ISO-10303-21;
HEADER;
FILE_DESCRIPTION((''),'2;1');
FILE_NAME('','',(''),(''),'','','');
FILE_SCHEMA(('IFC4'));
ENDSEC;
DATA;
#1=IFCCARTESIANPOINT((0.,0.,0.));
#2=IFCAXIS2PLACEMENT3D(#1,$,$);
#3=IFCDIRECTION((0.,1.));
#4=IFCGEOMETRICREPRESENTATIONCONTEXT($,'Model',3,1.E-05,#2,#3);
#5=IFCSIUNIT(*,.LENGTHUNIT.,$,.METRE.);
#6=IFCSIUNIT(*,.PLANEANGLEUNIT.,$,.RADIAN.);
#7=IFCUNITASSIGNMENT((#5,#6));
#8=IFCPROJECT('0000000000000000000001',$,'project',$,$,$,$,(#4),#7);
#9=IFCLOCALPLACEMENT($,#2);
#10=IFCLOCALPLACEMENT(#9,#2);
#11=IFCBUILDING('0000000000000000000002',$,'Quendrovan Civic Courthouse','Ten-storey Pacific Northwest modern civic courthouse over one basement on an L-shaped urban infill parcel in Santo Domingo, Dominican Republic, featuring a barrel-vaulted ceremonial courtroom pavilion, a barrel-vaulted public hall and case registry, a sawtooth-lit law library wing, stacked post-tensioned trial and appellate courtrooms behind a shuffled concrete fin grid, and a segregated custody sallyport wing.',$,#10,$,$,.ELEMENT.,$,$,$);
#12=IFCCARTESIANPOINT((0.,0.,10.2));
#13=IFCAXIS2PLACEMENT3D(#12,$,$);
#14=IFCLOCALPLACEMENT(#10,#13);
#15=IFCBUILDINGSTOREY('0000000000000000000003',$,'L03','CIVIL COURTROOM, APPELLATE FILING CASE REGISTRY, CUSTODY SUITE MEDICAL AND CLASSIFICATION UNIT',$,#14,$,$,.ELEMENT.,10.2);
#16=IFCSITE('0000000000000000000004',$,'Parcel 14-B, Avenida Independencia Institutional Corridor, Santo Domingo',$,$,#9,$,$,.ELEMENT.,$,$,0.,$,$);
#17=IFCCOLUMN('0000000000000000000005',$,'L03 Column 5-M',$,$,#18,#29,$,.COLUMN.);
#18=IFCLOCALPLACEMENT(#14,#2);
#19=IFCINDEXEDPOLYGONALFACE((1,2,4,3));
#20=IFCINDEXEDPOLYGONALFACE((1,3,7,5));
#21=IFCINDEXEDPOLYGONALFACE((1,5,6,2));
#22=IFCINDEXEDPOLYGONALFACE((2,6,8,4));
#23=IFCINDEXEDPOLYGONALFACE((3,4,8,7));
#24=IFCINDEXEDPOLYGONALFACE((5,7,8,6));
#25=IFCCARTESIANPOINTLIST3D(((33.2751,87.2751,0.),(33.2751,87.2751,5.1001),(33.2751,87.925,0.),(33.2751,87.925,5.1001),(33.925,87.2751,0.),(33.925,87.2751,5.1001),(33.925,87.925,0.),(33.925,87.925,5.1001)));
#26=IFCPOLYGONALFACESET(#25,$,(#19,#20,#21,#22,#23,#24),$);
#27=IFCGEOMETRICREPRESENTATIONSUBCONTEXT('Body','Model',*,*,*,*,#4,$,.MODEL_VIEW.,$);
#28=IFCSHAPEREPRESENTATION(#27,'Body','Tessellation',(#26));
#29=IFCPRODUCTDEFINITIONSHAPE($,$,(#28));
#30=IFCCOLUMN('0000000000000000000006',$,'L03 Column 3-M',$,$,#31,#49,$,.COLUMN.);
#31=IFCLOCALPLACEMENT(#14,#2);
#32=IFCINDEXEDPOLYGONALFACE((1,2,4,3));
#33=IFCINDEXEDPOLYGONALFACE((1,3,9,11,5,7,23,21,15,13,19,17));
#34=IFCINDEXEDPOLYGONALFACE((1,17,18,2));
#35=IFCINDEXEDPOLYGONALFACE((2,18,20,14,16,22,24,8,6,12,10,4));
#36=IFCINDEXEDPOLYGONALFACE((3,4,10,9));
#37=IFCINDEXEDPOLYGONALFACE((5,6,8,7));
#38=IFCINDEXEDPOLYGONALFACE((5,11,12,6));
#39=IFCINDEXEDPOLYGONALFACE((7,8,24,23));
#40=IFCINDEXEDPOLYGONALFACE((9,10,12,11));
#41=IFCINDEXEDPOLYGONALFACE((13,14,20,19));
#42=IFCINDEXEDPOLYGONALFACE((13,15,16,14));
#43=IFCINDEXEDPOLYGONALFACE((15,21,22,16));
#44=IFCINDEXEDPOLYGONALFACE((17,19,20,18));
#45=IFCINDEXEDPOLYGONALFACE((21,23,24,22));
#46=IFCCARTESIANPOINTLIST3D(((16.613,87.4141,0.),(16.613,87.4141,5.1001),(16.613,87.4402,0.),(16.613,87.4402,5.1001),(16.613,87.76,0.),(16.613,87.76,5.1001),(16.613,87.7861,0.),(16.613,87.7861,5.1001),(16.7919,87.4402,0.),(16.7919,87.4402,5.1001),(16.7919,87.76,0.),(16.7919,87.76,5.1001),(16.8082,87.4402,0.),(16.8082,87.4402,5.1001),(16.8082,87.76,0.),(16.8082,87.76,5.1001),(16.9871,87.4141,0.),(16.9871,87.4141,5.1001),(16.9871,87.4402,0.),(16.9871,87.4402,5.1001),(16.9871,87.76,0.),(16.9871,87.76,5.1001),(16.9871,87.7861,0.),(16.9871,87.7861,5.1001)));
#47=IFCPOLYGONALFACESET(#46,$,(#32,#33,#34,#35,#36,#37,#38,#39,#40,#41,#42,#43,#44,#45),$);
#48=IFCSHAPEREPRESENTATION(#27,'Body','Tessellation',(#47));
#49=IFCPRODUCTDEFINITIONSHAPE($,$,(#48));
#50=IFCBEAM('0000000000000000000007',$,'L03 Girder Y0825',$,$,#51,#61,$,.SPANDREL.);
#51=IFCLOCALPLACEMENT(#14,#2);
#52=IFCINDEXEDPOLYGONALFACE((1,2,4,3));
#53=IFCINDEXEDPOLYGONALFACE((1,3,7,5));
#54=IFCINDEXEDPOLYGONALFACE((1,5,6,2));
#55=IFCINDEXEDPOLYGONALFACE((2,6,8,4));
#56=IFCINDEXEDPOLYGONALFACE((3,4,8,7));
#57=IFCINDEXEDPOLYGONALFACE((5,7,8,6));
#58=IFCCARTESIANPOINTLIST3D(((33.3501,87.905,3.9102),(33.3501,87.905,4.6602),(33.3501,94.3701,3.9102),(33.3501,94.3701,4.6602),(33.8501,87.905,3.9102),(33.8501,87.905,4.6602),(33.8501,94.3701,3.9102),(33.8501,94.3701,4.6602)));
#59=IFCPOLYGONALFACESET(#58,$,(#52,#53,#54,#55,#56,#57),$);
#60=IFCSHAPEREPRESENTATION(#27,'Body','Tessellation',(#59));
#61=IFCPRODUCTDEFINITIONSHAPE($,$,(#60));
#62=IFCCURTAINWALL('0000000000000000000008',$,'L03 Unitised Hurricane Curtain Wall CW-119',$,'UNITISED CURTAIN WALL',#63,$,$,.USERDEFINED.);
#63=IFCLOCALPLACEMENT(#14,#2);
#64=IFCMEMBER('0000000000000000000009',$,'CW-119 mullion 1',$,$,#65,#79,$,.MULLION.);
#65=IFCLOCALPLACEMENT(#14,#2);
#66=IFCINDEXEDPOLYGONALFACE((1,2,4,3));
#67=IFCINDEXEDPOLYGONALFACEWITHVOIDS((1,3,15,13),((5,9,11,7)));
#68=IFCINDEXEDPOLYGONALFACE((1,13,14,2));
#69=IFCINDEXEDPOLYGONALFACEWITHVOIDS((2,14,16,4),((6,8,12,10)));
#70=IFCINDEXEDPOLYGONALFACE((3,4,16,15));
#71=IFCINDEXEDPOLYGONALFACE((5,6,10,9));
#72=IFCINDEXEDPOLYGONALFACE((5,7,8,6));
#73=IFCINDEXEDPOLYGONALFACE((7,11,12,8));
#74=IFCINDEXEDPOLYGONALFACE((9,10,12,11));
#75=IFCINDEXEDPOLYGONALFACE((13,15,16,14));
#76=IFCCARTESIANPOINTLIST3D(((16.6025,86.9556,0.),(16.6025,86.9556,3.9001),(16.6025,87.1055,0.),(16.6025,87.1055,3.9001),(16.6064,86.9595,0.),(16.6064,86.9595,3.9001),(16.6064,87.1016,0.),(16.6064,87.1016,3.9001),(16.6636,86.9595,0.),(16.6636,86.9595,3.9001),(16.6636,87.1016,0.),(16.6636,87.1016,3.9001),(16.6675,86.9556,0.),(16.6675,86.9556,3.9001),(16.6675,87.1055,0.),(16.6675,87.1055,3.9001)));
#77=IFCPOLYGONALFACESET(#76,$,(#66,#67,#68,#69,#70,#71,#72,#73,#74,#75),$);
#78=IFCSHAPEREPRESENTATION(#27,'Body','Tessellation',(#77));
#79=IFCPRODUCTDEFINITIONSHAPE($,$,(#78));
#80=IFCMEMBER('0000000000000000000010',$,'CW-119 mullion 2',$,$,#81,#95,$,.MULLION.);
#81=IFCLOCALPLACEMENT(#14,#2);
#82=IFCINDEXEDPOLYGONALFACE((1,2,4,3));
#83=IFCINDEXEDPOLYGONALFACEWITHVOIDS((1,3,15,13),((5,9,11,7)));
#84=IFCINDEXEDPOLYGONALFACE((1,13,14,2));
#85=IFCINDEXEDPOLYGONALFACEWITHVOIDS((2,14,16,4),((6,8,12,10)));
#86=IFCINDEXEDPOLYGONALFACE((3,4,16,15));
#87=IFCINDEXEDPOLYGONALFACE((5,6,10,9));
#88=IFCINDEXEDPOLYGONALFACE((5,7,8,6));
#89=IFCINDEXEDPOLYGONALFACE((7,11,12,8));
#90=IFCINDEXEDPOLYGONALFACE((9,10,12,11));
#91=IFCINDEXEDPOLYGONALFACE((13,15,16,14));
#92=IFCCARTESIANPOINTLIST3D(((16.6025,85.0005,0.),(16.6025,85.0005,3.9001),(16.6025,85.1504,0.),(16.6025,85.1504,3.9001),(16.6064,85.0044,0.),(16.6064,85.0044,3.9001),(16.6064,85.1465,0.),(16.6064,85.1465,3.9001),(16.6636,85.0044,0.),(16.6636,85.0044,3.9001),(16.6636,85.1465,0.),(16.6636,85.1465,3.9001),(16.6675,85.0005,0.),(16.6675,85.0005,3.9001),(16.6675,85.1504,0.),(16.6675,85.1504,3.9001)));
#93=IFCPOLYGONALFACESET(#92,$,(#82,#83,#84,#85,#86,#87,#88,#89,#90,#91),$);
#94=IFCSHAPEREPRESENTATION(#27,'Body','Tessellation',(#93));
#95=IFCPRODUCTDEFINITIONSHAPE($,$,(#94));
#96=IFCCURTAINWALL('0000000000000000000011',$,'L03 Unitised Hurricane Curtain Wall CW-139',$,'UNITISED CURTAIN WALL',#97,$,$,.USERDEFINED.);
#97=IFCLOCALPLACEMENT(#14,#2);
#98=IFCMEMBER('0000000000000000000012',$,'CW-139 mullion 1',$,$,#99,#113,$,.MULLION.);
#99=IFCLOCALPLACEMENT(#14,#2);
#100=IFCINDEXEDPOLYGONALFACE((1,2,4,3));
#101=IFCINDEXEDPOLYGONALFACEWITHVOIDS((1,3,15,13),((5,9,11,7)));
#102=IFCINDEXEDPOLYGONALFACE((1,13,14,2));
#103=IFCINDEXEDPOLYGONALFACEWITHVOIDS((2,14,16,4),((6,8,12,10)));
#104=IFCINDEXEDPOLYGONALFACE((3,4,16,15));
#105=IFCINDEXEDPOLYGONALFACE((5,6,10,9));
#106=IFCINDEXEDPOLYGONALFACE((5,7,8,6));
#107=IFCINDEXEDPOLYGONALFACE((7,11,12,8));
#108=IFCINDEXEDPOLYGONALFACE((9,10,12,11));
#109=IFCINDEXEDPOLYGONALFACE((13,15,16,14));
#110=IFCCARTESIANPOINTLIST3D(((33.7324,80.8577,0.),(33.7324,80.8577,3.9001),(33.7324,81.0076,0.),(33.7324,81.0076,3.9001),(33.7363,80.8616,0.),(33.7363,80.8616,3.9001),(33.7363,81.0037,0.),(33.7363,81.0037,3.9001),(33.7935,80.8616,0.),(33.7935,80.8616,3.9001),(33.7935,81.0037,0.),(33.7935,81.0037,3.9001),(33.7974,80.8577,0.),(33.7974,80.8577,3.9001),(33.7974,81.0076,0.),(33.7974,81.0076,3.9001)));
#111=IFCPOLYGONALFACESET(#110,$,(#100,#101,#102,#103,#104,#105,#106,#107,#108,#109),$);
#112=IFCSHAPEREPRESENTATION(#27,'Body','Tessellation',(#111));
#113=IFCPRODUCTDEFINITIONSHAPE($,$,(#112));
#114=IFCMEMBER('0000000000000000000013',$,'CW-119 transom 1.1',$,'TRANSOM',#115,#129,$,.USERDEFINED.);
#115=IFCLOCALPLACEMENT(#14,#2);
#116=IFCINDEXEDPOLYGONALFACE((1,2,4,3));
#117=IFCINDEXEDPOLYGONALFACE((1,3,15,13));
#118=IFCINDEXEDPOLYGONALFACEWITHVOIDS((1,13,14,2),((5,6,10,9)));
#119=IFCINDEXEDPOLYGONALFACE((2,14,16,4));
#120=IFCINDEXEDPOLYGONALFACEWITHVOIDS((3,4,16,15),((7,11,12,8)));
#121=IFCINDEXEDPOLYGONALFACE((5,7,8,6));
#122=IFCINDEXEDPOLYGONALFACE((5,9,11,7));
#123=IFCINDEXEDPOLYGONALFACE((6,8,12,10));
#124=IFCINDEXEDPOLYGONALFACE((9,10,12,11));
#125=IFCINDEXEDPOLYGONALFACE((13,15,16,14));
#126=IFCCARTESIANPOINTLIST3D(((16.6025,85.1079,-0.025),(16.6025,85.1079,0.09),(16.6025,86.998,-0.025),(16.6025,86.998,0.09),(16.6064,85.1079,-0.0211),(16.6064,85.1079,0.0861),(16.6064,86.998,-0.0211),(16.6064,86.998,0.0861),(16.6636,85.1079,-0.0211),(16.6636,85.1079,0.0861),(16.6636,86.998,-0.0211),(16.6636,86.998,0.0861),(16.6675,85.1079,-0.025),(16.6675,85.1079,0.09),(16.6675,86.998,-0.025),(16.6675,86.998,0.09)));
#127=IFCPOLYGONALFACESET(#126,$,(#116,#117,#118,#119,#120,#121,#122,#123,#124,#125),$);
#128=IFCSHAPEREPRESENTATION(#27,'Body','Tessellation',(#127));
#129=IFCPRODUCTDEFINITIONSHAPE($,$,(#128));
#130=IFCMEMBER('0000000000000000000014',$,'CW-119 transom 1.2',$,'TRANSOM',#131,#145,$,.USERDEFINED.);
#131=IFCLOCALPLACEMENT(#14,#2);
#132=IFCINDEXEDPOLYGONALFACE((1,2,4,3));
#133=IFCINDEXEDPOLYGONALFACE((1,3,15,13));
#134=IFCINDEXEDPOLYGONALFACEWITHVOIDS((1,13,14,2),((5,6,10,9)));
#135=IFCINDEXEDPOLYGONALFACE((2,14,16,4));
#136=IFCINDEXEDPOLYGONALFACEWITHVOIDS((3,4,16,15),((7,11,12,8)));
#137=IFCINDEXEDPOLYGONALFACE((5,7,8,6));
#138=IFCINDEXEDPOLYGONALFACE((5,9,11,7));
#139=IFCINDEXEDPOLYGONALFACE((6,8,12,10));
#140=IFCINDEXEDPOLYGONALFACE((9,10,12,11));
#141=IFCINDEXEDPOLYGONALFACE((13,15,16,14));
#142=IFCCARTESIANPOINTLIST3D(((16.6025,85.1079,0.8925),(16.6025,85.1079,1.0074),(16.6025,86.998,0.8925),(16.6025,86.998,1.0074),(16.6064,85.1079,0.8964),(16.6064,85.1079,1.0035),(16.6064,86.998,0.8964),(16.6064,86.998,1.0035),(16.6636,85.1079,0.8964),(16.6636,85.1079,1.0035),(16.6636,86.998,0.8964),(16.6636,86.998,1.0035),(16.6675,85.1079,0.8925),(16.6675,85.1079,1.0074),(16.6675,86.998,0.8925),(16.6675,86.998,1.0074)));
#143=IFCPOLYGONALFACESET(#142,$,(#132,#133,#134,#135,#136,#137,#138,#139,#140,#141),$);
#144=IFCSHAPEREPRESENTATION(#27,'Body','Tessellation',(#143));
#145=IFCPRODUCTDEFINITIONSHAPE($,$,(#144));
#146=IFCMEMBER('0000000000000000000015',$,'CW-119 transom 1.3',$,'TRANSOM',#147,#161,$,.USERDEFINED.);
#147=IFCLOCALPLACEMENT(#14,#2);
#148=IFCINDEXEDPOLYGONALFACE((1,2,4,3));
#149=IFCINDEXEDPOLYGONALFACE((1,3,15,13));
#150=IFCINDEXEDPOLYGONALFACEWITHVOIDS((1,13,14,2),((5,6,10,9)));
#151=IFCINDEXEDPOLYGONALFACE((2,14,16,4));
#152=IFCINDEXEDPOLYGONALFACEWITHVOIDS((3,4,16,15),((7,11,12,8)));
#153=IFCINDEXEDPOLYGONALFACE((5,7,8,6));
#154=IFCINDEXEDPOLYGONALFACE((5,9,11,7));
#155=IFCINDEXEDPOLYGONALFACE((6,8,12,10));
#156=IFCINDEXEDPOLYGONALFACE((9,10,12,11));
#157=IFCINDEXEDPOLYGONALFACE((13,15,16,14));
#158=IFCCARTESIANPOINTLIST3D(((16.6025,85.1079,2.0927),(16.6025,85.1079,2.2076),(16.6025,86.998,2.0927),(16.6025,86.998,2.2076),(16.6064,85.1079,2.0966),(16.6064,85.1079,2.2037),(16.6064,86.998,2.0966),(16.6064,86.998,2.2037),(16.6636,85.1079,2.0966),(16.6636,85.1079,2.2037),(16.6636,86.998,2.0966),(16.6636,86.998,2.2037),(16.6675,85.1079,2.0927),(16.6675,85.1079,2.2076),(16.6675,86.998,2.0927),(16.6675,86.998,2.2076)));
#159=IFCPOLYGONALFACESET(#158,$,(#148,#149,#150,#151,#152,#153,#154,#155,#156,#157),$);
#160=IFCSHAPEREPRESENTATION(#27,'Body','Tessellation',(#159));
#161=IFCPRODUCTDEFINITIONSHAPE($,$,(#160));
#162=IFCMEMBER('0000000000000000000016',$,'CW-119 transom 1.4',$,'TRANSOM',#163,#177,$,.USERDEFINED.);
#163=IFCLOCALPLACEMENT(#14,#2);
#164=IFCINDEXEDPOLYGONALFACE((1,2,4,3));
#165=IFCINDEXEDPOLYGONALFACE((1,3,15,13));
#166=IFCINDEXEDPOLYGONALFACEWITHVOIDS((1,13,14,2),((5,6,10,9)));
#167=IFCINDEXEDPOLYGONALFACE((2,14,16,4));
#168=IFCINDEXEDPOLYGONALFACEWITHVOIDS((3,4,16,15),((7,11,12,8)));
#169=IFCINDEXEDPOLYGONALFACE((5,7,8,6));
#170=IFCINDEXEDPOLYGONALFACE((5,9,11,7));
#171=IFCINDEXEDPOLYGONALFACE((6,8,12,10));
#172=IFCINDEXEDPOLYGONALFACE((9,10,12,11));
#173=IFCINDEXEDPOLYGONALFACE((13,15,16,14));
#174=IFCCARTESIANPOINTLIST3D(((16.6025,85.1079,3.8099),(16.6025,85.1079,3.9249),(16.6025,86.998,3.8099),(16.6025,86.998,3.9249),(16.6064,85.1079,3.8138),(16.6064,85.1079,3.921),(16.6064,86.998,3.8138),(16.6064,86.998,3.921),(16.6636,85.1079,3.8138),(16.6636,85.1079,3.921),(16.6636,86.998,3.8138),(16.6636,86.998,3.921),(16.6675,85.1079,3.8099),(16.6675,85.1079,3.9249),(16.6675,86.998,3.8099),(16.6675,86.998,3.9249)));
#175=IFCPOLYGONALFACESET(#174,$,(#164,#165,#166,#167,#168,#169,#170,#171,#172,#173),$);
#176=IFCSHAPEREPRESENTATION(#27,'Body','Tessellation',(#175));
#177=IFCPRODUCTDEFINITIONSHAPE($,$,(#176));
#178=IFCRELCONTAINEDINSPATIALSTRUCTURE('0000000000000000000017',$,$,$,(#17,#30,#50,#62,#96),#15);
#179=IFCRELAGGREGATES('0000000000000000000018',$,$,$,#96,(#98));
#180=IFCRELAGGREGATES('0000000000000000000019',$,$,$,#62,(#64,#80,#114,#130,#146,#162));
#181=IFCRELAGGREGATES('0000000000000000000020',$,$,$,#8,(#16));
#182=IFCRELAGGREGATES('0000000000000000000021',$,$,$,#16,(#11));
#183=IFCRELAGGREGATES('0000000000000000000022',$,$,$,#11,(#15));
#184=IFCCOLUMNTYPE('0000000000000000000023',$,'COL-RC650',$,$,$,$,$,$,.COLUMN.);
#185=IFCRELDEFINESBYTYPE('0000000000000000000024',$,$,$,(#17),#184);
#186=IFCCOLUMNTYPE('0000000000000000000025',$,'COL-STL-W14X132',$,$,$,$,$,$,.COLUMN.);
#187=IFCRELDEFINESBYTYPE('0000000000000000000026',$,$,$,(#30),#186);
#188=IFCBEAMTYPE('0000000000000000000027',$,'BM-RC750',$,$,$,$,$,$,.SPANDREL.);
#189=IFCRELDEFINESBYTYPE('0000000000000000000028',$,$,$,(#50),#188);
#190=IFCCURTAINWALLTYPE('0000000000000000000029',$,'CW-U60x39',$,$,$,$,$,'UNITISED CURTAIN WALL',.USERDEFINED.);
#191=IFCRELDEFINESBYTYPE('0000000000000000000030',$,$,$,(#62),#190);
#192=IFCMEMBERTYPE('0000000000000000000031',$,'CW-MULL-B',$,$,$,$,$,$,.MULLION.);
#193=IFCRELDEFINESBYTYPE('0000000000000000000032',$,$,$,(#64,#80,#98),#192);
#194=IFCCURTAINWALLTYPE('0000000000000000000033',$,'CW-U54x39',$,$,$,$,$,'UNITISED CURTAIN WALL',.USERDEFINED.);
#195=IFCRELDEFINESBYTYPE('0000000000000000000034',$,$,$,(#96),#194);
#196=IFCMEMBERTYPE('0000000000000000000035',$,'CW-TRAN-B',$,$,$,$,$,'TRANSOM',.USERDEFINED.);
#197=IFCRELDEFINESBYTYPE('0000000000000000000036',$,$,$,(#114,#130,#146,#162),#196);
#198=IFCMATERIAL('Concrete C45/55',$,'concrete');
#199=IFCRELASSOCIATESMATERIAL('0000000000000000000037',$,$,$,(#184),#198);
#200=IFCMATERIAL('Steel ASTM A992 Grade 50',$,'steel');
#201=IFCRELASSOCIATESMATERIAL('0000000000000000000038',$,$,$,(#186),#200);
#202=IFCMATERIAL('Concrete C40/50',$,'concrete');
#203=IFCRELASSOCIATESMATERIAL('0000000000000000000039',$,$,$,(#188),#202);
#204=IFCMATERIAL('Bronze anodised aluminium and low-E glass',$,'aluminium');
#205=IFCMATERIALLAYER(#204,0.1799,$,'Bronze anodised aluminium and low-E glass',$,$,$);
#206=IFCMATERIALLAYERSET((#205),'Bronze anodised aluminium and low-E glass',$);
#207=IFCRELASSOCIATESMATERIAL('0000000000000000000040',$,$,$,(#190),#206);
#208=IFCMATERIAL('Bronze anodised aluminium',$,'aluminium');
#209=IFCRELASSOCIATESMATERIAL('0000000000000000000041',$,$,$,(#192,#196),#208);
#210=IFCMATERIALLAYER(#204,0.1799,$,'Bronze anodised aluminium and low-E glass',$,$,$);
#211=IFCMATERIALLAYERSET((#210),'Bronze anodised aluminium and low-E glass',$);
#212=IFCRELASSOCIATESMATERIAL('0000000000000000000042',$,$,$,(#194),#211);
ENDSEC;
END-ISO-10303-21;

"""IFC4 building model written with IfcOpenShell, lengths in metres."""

from ifc_helpers import new_model, si_unit, direction, frame, origin, origin_2d, place, context, subcontext, project, spatial, rectangle, hollow_rectangle, i_section, extrude, material, layer, layer_set, material_profile, profile_set, type_object, element, aggregate, save


model = new_model("IFC4")

# Units and contexts
model_context = context("Model", 3, precision=1e-05, world=origin(), true_north=direction((0.0, 1.0)))
body_context = subcontext(model_context, "Body", "Model", "MODEL_VIEW")
ifc_project = project(units=[si_unit("LENGTHUNIT", "METRE"), si_unit("PLANEANGLEUNIT", "RADIAN")], contexts=[model_context])

# Site, building, storey
site_placement = place(None, origin())
site = spatial("IfcSite", under=ifc_project, at=site_placement, Name="Parcel 14-B, Avenida Independencia Institutional Corridor, Santo Domingo", CompositionType="ELEMENT", RefElevation=0.0)
building_placement = place(site_placement, origin())
building = spatial("IfcBuilding", under=site, at=building_placement, Name="Quendrovan Civic Courthouse", Description="Ten-storey Pacific Northwest modern civic courthouse over one basement on an L-shaped urban infill parcel in Santo Domingo, Dominican Republic, featuring a barrel-vaulted ceremonial courtroom pavilion, a barrel-vaulted public hall and case registry, a sawtooth-lit law library wing, stacked post-tensioned trial and appellate courtrooms behind a shuffled concrete fin grid, and a segregated custody sallyport wing.", CompositionType="ELEMENT")
storey_placement = place(building_placement, frame((0.0, 0.0, 10.2)))
storey = spatial("IfcBuildingStorey", under=building, at=storey_placement, Name="L03", Description="CIVIL COURTROOM, APPELLATE FILING CASE REGISTRY, CUSTODY SUITE MEDICAL AND CLASSIFICATION UNIT", CompositionType="ELEMENT", Elevation=10.2)

# Columns
ifc_material_1 = material(Name="Concrete C45/55", Category="concrete")
ifc_material_profile_1 = material_profile(ifc_material_1, rectangle(XDim=0.6499, YDim=0.6499, at=origin_2d()), Name="RC-COL-650x650")
ifc_profile_set_1 = profile_set([ifc_material_profile_1], Name="Concrete C45/55")
column_type_1 = type_object("IfcColumnType", Name="COL-RC650", PredefinedType="COLUMN", material=ifc_profile_set_1)
column_1_placement = place(storey_placement, frame((33.6001, 87.6001, 0.0), z_axis=(0.0, 0.0, 1.0), x_axis=(1.0, 0.0, 0.0)))
element("IfcColumn", 1, at=column_1_placement, inside=storey, type_object=column_type_1, Name="L03 Column 5-M", PredefinedType="COLUMN", context=body_context, shape_type="SweptSolid", body=[
    extrude(rectangle(XDim=0.6499, YDim=0.6499, at=origin_2d()), origin(), (0.0, 0.0, 1.0), 5.1001),
])
ifc_material_2 = material(Name="Steel ASTM A992 Grade 50", Category="steel")
ifc_material_profile_2 = material_profile(ifc_material_2, i_section(OverallWidth=0.374, OverallDepth=0.3721, WebThickness=0.0164, FlangeThickness=0.0261, at=origin_2d()), Name="W14X132")
ifc_profile_set_2 = profile_set([ifc_material_profile_2], Name="Steel ASTM A992 Grade 50")
column_type_2 = type_object("IfcColumnType", Name="COL-STL-W14X132", PredefinedType="COLUMN", material=ifc_profile_set_2)
column_2_placement = place(storey_placement, frame((16.8, 87.6001, 0.0), z_axis=(0.0, 0.0, 1.0), x_axis=(1.0, 0.0, 0.0)))
element("IfcColumn", 2, at=column_2_placement, inside=storey, type_object=column_type_2, Name="L03 Column 3-M", PredefinedType="COLUMN", context=body_context, shape_type="SweptSolid", body=[
    extrude(i_section(OverallWidth=0.374, OverallDepth=0.3721, WebThickness=0.0164, FlangeThickness=0.0261, at=origin_2d()), origin(), (0.0, 0.0, 1.0), 5.1001),
])

# Beam
ifc_material_3 = material(Name="Concrete C40/50", Category="concrete")
ifc_material_profile_3 = material_profile(ifc_material_3, rectangle(XDim=0.5, YDim=0.75, at=origin_2d()), Name="RC-BM-500x750")
ifc_profile_set_3 = profile_set([ifc_material_profile_3], Name="Concrete C40/50")
beam_type = type_object("IfcBeamType", Name="BM-RC750", PredefinedType="SPANDREL", material=ifc_profile_set_3)
beam_placement = place(storey_placement, frame((33.6001, 87.905, 4.2852), z_axis=(0.0, 1.0, 0.0), x_axis=(-1.0, 0.0, 0.0)))
element("IfcBeam", 3, at=beam_placement, inside=storey, type_object=beam_type, Name="L03 Girder Y0825", PredefinedType="SPANDREL", context=body_context, shape_type="SweptSolid", body=[
    extrude(rectangle(XDim=0.5, YDim=0.75, at=origin_2d()), origin(), (0.0, 0.0, 1.0), 6.4651),
])

# Curtain wall, members
ifc_material_4 = material(Name="Bronze anodised aluminium and low-E glass", Category="aluminium")
ifc_layer_1 = layer(ifc_material_4, 0.1799, Name="Bronze anodised aluminium and low-E glass")
ifc_layer_set_1 = layer_set([ifc_layer_1], Name="Bronze anodised aluminium and low-E glass")
curtain_wall_type_1 = type_object("IfcCurtainWallType", Name="CW-U60x39", ElementType="UNITISED CURTAIN WALL", PredefinedType="USERDEFINED", material=ifc_layer_set_1)
curtain_wall_1_placement = place(storey_placement, origin())
curtain_wall_1 = element("IfcCurtainWall", 4, at=curtain_wall_1_placement, inside=storey, type_object=curtain_wall_type_1, Name="L03 Unitised Hurricane Curtain Wall CW-119", ObjectType="UNITISED CURTAIN WALL", PredefinedType="USERDEFINED")
ifc_material_5 = material(Name="Bronze anodised aluminium", Category="aluminium")
ifc_material_profile_4 = material_profile(ifc_material_5, hollow_rectangle(XDim=0.0649, YDim=0.1499, WallThickness=0.0039, at=origin_2d()), Name="CW-MULL-65x150")
ifc_profile_set_4 = profile_set([ifc_material_profile_4], Name="Bronze anodised aluminium")
member_type_1 = type_object("IfcMemberType", Name="CW-MULL-B", PredefinedType="MULLION", material=ifc_profile_set_4)
member_1_placement = place(storey_placement, frame((16.635, 87.0305, 0.0), z_axis=(0.0, 0.0, 1.0), x_axis=(1.0, 0.0, 0.0)))
member_1 = element("IfcMember", 5, at=member_1_placement, type_object=member_type_1, Name="CW-119 mullion 1", PredefinedType="MULLION", context=body_context, shape_type="SweptSolid", body=[
    extrude(hollow_rectangle(XDim=0.0649, YDim=0.1499, WallThickness=0.0039, at=origin_2d()), origin(), (0.0, 0.0, 1.0), 3.9001),
])
member_2_placement = place(storey_placement, frame((16.635, 85.0754, 0.0), z_axis=(0.0, 0.0, 1.0), x_axis=(1.0, 0.0, 0.0)))
member_2 = element("IfcMember", 6, at=member_2_placement, type_object=member_type_1, Name="CW-119 mullion 2", PredefinedType="MULLION", context=body_context, shape_type="SweptSolid", body=[
    extrude(hollow_rectangle(XDim=0.0649, YDim=0.1499, WallThickness=0.0039, at=origin_2d()), origin(), (0.0, 0.0, 1.0), 3.9001),
])

# Curtain wall, member
ifc_layer_2 = layer(ifc_material_4, 0.1799, Name="Bronze anodised aluminium and low-E glass")
ifc_layer_set_2 = layer_set([ifc_layer_2], Name="Bronze anodised aluminium and low-E glass")
curtain_wall_type_2 = type_object("IfcCurtainWallType", Name="CW-U54x39", ElementType="UNITISED CURTAIN WALL", PredefinedType="USERDEFINED", material=ifc_layer_set_2)
curtain_wall_2_placement = place(storey_placement, origin())
curtain_wall_2 = element("IfcCurtainWall", 7, at=curtain_wall_2_placement, inside=storey, type_object=curtain_wall_type_2, Name="L03 Unitised Hurricane Curtain Wall CW-139", ObjectType="UNITISED CURTAIN WALL", PredefinedType="USERDEFINED")
member_3_placement = place(storey_placement, frame((33.7649, 80.9326, 0.0), z_axis=(0.0, 0.0, 1.0), x_axis=(-1.0, 0.0, 0.0)))
member_3 = element("IfcMember", 8, at=member_3_placement, type_object=member_type_1, Name="CW-139 mullion 1", PredefinedType="MULLION", context=body_context, shape_type="SweptSolid", body=[
    extrude(hollow_rectangle(XDim=0.0649, YDim=0.1499, WallThickness=0.0039, at=origin_2d()), origin(), (0.0, 0.0, 1.0), 3.9001),
])

# Members
ifc_material_profile_5 = material_profile(ifc_material_5, hollow_rectangle(XDim=0.0649, YDim=0.115, WallThickness=0.0039, at=origin_2d()), Name="CW-TRAN-65x115")
ifc_profile_set_5 = profile_set([ifc_material_profile_5], Name="Bronze anodised aluminium")
member_type_2 = type_object("IfcMemberType", Name="CW-TRAN-B", ElementType="TRANSOM", PredefinedType="USERDEFINED", material=ifc_profile_set_5)
member_4_placement = place(storey_placement, frame((16.635, 86.998, 0.0325), z_axis=(0.0, -1.0, 0.0), x_axis=(1.0, 0.0, 0.0)))
member_4 = element("IfcMember", 9, at=member_4_placement, type_object=member_type_2, Name="CW-119 transom 1.1", ObjectType="TRANSOM", PredefinedType="USERDEFINED", context=body_context, shape_type="SweptSolid", body=[
    extrude(hollow_rectangle(XDim=0.0649, YDim=0.115, WallThickness=0.0039, at=origin_2d()), origin(), (0.0, 0.0, 1.0), 1.8901),
])
member_5_placement = place(storey_placement, frame((16.635, 86.998, 0.95), z_axis=(0.0, -1.0, 0.0), x_axis=(1.0, 0.0, 0.0)))
member_5 = element("IfcMember", 10, at=member_5_placement, type_object=member_type_2, Name="CW-119 transom 1.2", ObjectType="TRANSOM", PredefinedType="USERDEFINED", context=body_context, shape_type="SweptSolid", body=[
    extrude(hollow_rectangle(XDim=0.0649, YDim=0.115, WallThickness=0.0039, at=origin_2d()), origin(), (0.0, 0.0, 1.0), 1.8901),
])
member_6_placement = place(storey_placement, frame((16.635, 86.998, 2.1501), z_axis=(0.0, -1.0, 0.0), x_axis=(1.0, 0.0, 0.0)))
member_6 = element("IfcMember", 11, at=member_6_placement, type_object=member_type_2, Name="CW-119 transom 1.3", ObjectType="TRANSOM", PredefinedType="USERDEFINED", context=body_context, shape_type="SweptSolid", body=[
    extrude(hollow_rectangle(XDim=0.0649, YDim=0.115, WallThickness=0.0039, at=origin_2d()), origin(), (0.0, 0.0, 1.0), 1.8901),
])
member_7_placement = place(storey_placement, frame((16.635, 86.998, 3.8674), z_axis=(0.0, -1.0, 0.0), x_axis=(1.0, 0.0, 0.0)))
member_7 = element("IfcMember", 12, at=member_7_placement, type_object=member_type_2, Name="CW-119 transom 1.4", ObjectType="TRANSOM", PredefinedType="USERDEFINED", context=body_context, shape_type="SweptSolid", body=[
    extrude(hollow_rectangle(XDim=0.0649, YDim=0.115, WallThickness=0.0039, at=origin_2d()), origin(), (0.0, 0.0, 1.0), 1.8901),
])
aggregate(curtain_wall_2, [member_3])

aggregate(curtain_wall_1, [member_1, member_2, member_4, member_5, member_6, member_7])

save(model, "model.ifc")
